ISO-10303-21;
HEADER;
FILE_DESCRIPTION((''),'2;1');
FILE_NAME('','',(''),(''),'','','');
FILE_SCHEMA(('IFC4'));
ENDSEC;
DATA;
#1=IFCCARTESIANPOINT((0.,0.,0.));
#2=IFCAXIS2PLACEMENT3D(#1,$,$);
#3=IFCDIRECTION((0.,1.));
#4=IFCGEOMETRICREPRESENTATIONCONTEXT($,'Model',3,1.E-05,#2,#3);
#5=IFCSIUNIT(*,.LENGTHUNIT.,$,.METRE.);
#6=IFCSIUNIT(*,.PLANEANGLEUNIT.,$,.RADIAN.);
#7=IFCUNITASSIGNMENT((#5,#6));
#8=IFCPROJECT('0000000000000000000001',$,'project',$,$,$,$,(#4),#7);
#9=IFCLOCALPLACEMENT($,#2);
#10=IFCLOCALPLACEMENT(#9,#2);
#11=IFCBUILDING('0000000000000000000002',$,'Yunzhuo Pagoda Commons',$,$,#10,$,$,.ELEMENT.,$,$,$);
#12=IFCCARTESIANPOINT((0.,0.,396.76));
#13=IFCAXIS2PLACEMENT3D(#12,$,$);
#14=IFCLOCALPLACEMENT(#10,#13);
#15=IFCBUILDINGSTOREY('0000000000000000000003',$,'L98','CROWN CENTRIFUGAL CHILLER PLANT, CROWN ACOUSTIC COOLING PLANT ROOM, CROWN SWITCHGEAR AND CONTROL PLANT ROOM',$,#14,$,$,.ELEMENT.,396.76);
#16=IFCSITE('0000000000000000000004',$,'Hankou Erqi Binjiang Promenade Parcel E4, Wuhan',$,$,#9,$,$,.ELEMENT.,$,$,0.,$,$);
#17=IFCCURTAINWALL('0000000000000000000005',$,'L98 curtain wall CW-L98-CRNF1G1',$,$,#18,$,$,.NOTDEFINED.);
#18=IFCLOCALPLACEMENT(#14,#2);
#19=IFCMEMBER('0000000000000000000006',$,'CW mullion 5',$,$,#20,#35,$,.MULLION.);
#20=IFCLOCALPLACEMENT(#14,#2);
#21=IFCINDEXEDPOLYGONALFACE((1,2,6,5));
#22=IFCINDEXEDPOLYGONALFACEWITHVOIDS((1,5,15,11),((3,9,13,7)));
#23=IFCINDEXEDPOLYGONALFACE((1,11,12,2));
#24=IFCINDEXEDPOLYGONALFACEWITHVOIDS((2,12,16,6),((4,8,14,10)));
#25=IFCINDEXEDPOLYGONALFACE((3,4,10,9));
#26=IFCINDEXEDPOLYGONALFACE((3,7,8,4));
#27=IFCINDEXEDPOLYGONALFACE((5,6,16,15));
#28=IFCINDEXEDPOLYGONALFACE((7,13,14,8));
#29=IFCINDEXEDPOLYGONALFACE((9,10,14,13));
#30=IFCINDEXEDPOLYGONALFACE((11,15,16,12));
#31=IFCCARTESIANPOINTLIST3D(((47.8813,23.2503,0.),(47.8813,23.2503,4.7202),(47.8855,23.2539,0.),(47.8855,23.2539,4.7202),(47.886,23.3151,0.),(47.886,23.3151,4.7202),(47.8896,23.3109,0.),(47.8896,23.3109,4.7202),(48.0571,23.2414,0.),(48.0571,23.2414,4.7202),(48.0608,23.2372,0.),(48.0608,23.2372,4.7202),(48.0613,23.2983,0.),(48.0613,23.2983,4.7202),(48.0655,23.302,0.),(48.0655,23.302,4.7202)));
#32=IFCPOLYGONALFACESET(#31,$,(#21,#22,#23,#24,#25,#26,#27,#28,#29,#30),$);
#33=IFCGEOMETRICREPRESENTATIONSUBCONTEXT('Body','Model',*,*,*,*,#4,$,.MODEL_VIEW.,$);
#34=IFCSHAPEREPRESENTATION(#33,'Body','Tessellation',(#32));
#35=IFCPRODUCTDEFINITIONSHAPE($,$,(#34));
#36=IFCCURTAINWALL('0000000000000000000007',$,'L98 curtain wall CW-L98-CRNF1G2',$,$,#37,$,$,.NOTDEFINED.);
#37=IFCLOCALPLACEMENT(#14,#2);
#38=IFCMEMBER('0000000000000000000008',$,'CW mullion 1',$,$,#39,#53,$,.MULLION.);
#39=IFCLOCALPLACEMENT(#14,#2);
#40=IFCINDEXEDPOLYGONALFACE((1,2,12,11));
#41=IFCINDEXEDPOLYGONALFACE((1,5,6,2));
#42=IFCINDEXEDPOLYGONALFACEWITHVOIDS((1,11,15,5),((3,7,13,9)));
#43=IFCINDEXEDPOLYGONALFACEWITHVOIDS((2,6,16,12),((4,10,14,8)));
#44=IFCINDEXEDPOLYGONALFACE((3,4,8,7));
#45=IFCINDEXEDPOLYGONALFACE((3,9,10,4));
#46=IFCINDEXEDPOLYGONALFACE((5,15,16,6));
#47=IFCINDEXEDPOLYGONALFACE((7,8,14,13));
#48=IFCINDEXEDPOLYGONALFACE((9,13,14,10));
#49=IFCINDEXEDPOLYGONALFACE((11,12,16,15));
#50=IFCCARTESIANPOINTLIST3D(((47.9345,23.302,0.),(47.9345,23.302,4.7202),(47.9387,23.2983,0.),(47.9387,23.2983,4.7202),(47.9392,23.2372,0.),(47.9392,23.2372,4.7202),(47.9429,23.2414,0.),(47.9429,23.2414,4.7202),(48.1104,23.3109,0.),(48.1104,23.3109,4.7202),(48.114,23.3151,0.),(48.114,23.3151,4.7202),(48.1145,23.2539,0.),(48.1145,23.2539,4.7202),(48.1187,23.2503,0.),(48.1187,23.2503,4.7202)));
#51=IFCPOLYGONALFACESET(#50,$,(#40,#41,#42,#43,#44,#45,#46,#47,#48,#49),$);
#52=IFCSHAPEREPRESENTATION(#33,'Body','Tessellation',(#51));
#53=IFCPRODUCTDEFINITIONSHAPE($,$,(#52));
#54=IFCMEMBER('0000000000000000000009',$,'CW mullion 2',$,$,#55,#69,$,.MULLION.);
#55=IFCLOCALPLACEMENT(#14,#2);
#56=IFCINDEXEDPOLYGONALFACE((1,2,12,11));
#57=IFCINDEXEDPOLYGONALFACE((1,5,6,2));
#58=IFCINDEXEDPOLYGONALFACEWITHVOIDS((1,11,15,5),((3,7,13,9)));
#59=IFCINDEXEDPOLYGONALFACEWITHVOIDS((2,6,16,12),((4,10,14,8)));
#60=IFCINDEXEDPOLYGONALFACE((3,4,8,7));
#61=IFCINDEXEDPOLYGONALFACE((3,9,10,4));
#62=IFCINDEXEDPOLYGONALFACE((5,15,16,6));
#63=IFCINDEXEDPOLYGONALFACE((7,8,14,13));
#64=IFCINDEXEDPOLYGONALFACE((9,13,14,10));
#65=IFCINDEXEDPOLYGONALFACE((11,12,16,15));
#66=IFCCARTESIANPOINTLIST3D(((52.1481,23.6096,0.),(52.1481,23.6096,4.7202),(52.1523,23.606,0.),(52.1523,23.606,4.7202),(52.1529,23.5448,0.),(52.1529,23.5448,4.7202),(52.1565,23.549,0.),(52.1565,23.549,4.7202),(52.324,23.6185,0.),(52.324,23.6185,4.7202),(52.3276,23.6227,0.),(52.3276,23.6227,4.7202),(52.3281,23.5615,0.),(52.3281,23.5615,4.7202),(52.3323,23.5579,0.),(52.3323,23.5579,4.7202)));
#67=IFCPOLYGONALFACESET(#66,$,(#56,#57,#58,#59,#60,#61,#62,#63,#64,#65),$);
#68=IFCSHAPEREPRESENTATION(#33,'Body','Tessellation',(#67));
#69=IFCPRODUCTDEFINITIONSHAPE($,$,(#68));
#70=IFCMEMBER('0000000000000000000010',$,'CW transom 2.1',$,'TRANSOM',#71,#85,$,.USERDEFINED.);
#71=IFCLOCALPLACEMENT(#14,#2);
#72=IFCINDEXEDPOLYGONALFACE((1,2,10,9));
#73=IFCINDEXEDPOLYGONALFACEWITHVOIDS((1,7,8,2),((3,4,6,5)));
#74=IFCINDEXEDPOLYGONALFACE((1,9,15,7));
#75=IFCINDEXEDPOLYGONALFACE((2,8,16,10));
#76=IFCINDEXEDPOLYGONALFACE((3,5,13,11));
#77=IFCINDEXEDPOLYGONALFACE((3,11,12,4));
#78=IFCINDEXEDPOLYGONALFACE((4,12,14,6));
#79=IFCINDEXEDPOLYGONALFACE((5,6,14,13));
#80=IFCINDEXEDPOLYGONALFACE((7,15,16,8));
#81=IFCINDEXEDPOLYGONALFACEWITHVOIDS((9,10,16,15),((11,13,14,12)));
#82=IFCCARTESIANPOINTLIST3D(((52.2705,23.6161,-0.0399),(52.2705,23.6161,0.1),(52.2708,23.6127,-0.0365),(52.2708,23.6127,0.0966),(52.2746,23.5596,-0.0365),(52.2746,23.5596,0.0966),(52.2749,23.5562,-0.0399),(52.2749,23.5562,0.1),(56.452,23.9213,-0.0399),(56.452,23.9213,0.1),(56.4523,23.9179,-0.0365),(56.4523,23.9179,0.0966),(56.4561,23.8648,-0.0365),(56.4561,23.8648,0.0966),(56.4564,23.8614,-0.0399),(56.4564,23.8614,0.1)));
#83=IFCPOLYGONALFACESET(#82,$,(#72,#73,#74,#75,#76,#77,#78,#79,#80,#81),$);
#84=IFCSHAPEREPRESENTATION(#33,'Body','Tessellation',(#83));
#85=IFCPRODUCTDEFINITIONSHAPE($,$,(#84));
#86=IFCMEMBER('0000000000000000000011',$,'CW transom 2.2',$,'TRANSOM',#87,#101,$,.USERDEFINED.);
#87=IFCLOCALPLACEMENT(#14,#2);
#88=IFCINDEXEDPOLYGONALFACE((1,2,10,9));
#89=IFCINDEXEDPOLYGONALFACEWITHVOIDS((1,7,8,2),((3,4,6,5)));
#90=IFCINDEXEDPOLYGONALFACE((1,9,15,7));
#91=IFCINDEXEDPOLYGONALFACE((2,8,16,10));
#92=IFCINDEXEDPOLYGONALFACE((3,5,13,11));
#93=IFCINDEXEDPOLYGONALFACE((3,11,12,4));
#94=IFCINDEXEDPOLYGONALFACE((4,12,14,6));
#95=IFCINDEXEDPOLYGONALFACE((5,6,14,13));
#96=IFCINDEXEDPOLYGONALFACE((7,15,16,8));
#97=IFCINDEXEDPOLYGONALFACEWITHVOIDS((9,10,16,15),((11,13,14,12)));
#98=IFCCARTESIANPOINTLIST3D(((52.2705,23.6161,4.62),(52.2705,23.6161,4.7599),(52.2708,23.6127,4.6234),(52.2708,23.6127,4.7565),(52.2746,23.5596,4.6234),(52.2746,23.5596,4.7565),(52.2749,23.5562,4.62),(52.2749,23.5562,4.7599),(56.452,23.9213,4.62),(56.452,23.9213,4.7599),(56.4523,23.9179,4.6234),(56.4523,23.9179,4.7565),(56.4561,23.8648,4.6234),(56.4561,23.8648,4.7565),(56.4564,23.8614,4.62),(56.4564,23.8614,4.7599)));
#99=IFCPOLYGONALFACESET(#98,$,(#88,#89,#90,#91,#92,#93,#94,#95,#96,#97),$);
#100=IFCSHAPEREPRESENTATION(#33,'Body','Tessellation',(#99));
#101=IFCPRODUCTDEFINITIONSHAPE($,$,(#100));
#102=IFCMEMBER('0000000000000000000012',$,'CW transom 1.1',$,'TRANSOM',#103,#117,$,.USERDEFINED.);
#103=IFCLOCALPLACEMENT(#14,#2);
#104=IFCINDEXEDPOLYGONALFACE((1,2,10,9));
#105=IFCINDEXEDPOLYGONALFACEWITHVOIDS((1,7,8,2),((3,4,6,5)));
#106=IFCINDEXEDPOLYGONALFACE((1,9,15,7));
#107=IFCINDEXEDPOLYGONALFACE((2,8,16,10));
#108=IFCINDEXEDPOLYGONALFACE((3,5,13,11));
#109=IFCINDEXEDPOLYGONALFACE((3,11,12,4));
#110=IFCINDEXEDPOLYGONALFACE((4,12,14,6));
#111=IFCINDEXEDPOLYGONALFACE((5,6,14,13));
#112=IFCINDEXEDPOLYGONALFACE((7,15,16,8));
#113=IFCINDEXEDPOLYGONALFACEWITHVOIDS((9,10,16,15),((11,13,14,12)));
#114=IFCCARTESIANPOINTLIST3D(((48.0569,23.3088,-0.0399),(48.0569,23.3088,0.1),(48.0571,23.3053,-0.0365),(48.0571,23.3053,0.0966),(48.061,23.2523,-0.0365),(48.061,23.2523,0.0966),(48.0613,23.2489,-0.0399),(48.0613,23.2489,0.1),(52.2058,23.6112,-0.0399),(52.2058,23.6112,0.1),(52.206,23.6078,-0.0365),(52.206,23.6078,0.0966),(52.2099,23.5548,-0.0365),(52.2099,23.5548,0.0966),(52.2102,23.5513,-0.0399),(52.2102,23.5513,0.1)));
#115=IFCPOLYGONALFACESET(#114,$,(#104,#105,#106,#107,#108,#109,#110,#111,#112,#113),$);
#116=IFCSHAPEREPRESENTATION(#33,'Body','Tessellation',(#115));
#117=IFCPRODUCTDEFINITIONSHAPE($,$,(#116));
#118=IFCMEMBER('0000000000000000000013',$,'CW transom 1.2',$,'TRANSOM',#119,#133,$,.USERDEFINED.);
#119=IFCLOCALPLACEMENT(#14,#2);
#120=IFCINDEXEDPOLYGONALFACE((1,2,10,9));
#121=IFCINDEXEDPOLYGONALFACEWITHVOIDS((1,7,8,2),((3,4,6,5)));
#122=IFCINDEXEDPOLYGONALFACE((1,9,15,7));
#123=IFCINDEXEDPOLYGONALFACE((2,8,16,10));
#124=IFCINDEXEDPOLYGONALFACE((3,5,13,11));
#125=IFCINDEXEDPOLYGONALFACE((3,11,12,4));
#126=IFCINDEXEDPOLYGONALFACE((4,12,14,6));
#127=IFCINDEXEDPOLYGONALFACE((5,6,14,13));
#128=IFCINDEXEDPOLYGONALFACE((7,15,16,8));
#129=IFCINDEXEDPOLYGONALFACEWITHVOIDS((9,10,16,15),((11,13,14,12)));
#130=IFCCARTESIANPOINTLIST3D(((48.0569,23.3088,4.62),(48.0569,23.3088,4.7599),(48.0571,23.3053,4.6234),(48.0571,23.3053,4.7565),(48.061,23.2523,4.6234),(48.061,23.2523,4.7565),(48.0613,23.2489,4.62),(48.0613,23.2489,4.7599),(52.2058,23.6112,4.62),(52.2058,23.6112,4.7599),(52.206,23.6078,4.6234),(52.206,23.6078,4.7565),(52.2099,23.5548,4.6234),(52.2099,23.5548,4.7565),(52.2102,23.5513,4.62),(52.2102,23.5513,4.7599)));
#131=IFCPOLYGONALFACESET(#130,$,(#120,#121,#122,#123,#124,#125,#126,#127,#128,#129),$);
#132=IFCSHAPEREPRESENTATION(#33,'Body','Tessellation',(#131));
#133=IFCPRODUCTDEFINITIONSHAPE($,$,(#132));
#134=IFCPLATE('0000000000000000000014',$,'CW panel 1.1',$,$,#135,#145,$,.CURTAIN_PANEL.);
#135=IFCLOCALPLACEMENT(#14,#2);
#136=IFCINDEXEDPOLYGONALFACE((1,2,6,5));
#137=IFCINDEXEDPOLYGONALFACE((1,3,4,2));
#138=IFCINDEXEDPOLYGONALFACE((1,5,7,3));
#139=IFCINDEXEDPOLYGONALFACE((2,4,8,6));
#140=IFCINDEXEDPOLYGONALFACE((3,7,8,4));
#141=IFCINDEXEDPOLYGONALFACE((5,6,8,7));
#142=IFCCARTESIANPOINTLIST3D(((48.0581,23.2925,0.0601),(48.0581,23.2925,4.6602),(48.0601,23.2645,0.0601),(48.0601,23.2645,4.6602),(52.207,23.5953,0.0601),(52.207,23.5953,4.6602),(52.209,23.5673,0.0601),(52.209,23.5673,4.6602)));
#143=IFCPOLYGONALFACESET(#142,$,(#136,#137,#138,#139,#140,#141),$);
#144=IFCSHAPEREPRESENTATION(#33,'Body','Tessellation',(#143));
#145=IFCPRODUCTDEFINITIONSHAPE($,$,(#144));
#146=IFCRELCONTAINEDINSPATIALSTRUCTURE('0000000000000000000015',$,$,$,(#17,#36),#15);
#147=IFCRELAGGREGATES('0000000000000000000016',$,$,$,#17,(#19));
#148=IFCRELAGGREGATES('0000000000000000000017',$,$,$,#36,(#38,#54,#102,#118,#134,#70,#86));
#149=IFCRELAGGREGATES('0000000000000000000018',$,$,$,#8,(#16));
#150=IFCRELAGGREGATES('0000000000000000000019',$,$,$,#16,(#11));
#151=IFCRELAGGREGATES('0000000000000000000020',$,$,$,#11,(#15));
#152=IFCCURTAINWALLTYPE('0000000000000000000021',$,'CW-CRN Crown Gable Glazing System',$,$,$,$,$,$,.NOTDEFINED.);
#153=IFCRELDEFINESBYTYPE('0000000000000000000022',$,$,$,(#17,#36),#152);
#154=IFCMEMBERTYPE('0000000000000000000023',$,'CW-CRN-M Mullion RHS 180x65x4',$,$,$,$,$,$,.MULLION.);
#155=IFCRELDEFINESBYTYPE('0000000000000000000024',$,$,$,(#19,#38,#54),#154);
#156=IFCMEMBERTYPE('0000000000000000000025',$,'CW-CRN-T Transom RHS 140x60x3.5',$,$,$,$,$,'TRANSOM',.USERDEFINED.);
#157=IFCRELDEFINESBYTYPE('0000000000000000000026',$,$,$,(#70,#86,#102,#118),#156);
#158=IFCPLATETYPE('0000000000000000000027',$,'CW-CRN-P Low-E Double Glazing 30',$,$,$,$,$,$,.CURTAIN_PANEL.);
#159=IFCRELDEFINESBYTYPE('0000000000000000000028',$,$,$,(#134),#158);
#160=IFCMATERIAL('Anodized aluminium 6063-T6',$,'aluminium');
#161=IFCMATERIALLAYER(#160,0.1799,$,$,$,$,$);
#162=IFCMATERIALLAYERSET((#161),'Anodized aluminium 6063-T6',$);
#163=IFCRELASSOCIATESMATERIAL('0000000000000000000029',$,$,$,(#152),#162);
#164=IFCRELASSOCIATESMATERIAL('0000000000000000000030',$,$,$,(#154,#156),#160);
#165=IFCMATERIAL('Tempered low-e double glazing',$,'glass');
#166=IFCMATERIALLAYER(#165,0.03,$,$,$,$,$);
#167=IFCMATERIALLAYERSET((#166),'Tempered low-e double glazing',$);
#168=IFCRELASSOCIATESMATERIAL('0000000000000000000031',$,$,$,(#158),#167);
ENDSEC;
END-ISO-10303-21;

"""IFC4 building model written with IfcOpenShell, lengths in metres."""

from ifc_helpers import new_model, si_unit, direction, frame, origin, origin_2d, place, context, subcontext, project, spatial, rectangle, hollow_rectangle, extrude, source, transform, mapped, material, layer, layer_set, material_profile, profile_set, type_object, element, aggregate, save


model = new_model("IFC4")

# Units and contexts
model_context = context("Model", 3, precision=1e-05, world=origin(), true_north=direction((0.0, 1.0)))
body_context = subcontext(model_context, "Body", "Model", "MODEL_VIEW")
ifc_project = project(units=[si_unit("LENGTHUNIT", "METRE"), si_unit("PLANEANGLEUNIT", "RADIAN")], contexts=[model_context])

# Site, building, storey
site_placement = place(None, origin())
site = spatial("IfcSite", under=ifc_project, at=site_placement, Name="Hankou Erqi Binjiang Promenade Parcel E4, Wuhan", CompositionType="ELEMENT", RefElevation=0.0)
building_placement = place(site_placement, origin())
building = spatial("IfcBuilding", under=site, at=building_placement, Name="Yunzhuo Pagoda Commons", CompositionType="ELEMENT")
storey_placement = place(building_placement, frame((0.0, 0.0, 396.76)))
storey = spatial("IfcBuildingStorey", under=building, at=storey_placement, Name="L98", Description="CROWN CENTRIFUGAL CHILLER PLANT, CROWN ACOUSTIC COOLING PLANT ROOM, CROWN SWITCHGEAR AND CONTROL PLANT ROOM", CompositionType="ELEMENT", Elevation=396.76)

# Curtain wall, member
ifc_material_1 = material(Name="Anodized aluminium 6063-T6", Category="aluminium")
ifc_layer_1 = layer(ifc_material_1, 0.1799)
ifc_layer_set_1 = layer_set([ifc_layer_1], Name="Anodized aluminium 6063-T6")
curtain_wall_type = type_object("IfcCurtainWallType", Name="CW-CRN Crown Gable Glazing System", PredefinedType="NOTDEFINED", material=ifc_layer_set_1)
curtain_wall_1_placement = place(storey_placement, origin())
curtain_wall_1 = element("IfcCurtainWall", 1, at=curtain_wall_1_placement, inside=storey, type_object=curtain_wall_type, Name="L98 curtain wall CW-L98-CRNF1G1", PredefinedType="NOTDEFINED")
ifc_material_profile_1 = material_profile(ifc_material_1, hollow_rectangle(XDim=0.0649, YDim=0.1799, WallThickness=0.0039, at=origin_2d()), Name="Anodized aluminium 6063-T6")
ifc_profile_set_1 = profile_set([ifc_material_profile_1], Name="Anodized aluminium 6063-T6")
member_type_1 = type_object("IfcMemberType", Name="CW-CRN-M Mullion RHS 180x65x4", PredefinedType="MULLION", material=ifc_profile_set_1)
shared_shape_1 = source(origin(), body_context, "Body", "SweptSolid", [
    extrude(hollow_rectangle(XDim=0.0649, YDim=0.1799, WallThickness=0.0039, at=origin_2d()), origin(), (0.0, 0.0, 1.0), 4.7202),
])
member_1_placement = place(storey_placement, frame((47.9734, 23.2761, 0.0), z_axis=(0.0, 0.0, 1.0), x_axis=(0.072796, 0.997347, 0.0)))
member_1 = element("IfcMember", 2, at=member_1_placement, type_object=member_type_1, Name="CW mullion 5", PredefinedType="MULLION", context=body_context, shape_type="MappedRepresentation", body=[
    mapped(shared_shape_1, transform((0.0, 0.0, 0.0), scale=1.0)),
])
aggregate(curtain_wall_1, [member_1])

# Curtain wall, members, plate
curtain_wall_2_placement = place(storey_placement, origin())
curtain_wall_2 = element("IfcCurtainWall", 3, at=curtain_wall_2_placement, inside=storey, type_object=curtain_wall_type, Name="L98 curtain wall CW-L98-CRNF1G2", PredefinedType="NOTDEFINED")
member_2_placement = place(storey_placement, frame((48.0266, 23.2761, 0.0), z_axis=(0.0, 0.0, 1.0), x_axis=(-0.072796, 0.997347, 0.0)))
member_2 = element("IfcMember", 4, at=member_2_placement, type_object=member_type_1, Name="CW mullion 1", PredefinedType="MULLION", context=body_context, shape_type="MappedRepresentation", body=[
    mapped(shared_shape_1, transform((0.0, 0.0, 0.0), scale=1.0)),
])
member_3_placement = place(storey_placement, frame((52.2402, 23.5837, 0.0), z_axis=(0.0, 0.0, 1.0), x_axis=(-0.072796, 0.997347, 0.0)))
member_3 = element("IfcMember", 5, at=member_3_placement, type_object=member_type_1, Name="CW mullion 2", PredefinedType="MULLION", context=body_context, shape_type="MappedRepresentation", body=[
    mapped(shared_shape_1, transform((0.0, 0.0, 0.0), scale=1.0)),
])
ifc_material_profile_2 = material_profile(ifc_material_1, hollow_rectangle(XDim=0.0601, YDim=0.1399, WallThickness=0.0034, at=origin_2d()), Name="Anodized aluminium 6063-T6")
ifc_profile_set_2 = profile_set([ifc_material_profile_2], Name="Anodized aluminium 6063-T6")
member_type_2 = type_object("IfcMemberType", Name="CW-CRN-T Transom RHS 140x60x3.5", ElementType="TRANSOM", PredefinedType="USERDEFINED", material=ifc_profile_set_2)
shared_shape_2 = source(origin(), body_context, "Body", "SweptSolid", [
    extrude(hollow_rectangle(XDim=0.0601, YDim=0.1399, WallThickness=0.0034, at=origin_2d()), origin(), (0.0, 0.0, 1.0), 4.1926),
])
member_4_placement = place(storey_placement, frame((52.2727, 23.5862, 0.03), z_axis=(0.997347, 0.072791, 0.0), x_axis=(-0.072791, 0.997347, 0.0)))
member_4 = element("IfcMember", 6, at=member_4_placement, type_object=member_type_2, Name="CW transom 2.1", ObjectType="TRANSOM", PredefinedType="USERDEFINED", context=body_context, shape_type="MappedRepresentation", body=[
    mapped(shared_shape_2, transform((0.0, 0.0, 0.0), scale=1.0)),
])
member_5_placement = place(storey_placement, frame((52.2727, 23.5862, 4.6899), z_axis=(0.997347, 0.072791, 0.0), x_axis=(-0.072791, 0.997347, 0.0)))
member_5 = element("IfcMember", 7, at=member_5_placement, type_object=member_type_2, Name="CW transom 2.2", ObjectType="TRANSOM", PredefinedType="USERDEFINED", context=body_context, shape_type="MappedRepresentation", body=[
    mapped(shared_shape_2, transform((0.0, 0.0, 0.0), scale=1.0)),
])
shared_shape_3 = source(origin(), body_context, "Body", "SweptSolid", [
    extrude(hollow_rectangle(XDim=0.0601, YDim=0.1399, WallThickness=0.0034, at=origin_2d()), origin(), (0.0, 0.0, 1.0), 4.1599),
])
member_6_placement = place(storey_placement, frame((48.0591, 23.2788, 0.03), z_axis=(0.997353, 0.072715, 0.0), x_axis=(-0.072715, 0.997353, 0.0)))
member_6 = element("IfcMember", 8, at=member_6_placement, type_object=member_type_2, Name="CW transom 1.1", ObjectType="TRANSOM", PredefinedType="USERDEFINED", context=body_context, shape_type="MappedRepresentation", body=[
    mapped(shared_shape_3, transform((0.0, 0.0, 0.0), scale=1.0)),
])
member_7_placement = place(storey_placement, frame((48.0591, 23.2788, 4.6899), z_axis=(0.997353, 0.072715, 0.0), x_axis=(-0.072715, 0.997353, 0.0)))
member_7 = element("IfcMember", 9, at=member_7_placement, type_object=member_type_2, Name="CW transom 1.2", ObjectType="TRANSOM", PredefinedType="USERDEFINED", context=body_context, shape_type="MappedRepresentation", body=[
    mapped(shared_shape_3, transform((0.0, 0.0, 0.0), scale=1.0)),
])
ifc_material_2 = material(Name="Tempered low-e double glazing", Category="glass")
ifc_layer_2 = layer(ifc_material_2, 0.03)
ifc_layer_set_2 = layer_set([ifc_layer_2], Name="Tempered low-e double glazing")
plate_type = type_object("IfcPlateType", Name="CW-CRN-P Low-E Double Glazing 30", PredefinedType="CURTAIN_PANEL", material=ifc_layer_set_2)
shared_shape_4 = source(origin(), body_context, "Body", "SweptSolid", [
    extrude(rectangle(XDim=4.1599, YDim=0.0281, at=origin_2d()), origin(), (0.0, 0.0, 1.0), 4.6001),
])
plate_placement = place(storey_placement, frame((50.1335, 23.4299, 0.0601), z_axis=(0.0, 0.0, 1.0), x_axis=(0.997347, 0.072796, 0.0)))
plate = element("IfcPlate", 10, at=plate_placement, type_object=plate_type, Name="CW panel 1.1", PredefinedType="CURTAIN_PANEL", context=body_context, shape_type="MappedRepresentation", body=[
    mapped(shared_shape_4, transform((0.0, 0.0, 0.0), scale=1.0)),
])
aggregate(curtain_wall_2, [member_2, member_3, member_6, member_7, plate, member_4, member_5])

save(model, "model.ifc")
